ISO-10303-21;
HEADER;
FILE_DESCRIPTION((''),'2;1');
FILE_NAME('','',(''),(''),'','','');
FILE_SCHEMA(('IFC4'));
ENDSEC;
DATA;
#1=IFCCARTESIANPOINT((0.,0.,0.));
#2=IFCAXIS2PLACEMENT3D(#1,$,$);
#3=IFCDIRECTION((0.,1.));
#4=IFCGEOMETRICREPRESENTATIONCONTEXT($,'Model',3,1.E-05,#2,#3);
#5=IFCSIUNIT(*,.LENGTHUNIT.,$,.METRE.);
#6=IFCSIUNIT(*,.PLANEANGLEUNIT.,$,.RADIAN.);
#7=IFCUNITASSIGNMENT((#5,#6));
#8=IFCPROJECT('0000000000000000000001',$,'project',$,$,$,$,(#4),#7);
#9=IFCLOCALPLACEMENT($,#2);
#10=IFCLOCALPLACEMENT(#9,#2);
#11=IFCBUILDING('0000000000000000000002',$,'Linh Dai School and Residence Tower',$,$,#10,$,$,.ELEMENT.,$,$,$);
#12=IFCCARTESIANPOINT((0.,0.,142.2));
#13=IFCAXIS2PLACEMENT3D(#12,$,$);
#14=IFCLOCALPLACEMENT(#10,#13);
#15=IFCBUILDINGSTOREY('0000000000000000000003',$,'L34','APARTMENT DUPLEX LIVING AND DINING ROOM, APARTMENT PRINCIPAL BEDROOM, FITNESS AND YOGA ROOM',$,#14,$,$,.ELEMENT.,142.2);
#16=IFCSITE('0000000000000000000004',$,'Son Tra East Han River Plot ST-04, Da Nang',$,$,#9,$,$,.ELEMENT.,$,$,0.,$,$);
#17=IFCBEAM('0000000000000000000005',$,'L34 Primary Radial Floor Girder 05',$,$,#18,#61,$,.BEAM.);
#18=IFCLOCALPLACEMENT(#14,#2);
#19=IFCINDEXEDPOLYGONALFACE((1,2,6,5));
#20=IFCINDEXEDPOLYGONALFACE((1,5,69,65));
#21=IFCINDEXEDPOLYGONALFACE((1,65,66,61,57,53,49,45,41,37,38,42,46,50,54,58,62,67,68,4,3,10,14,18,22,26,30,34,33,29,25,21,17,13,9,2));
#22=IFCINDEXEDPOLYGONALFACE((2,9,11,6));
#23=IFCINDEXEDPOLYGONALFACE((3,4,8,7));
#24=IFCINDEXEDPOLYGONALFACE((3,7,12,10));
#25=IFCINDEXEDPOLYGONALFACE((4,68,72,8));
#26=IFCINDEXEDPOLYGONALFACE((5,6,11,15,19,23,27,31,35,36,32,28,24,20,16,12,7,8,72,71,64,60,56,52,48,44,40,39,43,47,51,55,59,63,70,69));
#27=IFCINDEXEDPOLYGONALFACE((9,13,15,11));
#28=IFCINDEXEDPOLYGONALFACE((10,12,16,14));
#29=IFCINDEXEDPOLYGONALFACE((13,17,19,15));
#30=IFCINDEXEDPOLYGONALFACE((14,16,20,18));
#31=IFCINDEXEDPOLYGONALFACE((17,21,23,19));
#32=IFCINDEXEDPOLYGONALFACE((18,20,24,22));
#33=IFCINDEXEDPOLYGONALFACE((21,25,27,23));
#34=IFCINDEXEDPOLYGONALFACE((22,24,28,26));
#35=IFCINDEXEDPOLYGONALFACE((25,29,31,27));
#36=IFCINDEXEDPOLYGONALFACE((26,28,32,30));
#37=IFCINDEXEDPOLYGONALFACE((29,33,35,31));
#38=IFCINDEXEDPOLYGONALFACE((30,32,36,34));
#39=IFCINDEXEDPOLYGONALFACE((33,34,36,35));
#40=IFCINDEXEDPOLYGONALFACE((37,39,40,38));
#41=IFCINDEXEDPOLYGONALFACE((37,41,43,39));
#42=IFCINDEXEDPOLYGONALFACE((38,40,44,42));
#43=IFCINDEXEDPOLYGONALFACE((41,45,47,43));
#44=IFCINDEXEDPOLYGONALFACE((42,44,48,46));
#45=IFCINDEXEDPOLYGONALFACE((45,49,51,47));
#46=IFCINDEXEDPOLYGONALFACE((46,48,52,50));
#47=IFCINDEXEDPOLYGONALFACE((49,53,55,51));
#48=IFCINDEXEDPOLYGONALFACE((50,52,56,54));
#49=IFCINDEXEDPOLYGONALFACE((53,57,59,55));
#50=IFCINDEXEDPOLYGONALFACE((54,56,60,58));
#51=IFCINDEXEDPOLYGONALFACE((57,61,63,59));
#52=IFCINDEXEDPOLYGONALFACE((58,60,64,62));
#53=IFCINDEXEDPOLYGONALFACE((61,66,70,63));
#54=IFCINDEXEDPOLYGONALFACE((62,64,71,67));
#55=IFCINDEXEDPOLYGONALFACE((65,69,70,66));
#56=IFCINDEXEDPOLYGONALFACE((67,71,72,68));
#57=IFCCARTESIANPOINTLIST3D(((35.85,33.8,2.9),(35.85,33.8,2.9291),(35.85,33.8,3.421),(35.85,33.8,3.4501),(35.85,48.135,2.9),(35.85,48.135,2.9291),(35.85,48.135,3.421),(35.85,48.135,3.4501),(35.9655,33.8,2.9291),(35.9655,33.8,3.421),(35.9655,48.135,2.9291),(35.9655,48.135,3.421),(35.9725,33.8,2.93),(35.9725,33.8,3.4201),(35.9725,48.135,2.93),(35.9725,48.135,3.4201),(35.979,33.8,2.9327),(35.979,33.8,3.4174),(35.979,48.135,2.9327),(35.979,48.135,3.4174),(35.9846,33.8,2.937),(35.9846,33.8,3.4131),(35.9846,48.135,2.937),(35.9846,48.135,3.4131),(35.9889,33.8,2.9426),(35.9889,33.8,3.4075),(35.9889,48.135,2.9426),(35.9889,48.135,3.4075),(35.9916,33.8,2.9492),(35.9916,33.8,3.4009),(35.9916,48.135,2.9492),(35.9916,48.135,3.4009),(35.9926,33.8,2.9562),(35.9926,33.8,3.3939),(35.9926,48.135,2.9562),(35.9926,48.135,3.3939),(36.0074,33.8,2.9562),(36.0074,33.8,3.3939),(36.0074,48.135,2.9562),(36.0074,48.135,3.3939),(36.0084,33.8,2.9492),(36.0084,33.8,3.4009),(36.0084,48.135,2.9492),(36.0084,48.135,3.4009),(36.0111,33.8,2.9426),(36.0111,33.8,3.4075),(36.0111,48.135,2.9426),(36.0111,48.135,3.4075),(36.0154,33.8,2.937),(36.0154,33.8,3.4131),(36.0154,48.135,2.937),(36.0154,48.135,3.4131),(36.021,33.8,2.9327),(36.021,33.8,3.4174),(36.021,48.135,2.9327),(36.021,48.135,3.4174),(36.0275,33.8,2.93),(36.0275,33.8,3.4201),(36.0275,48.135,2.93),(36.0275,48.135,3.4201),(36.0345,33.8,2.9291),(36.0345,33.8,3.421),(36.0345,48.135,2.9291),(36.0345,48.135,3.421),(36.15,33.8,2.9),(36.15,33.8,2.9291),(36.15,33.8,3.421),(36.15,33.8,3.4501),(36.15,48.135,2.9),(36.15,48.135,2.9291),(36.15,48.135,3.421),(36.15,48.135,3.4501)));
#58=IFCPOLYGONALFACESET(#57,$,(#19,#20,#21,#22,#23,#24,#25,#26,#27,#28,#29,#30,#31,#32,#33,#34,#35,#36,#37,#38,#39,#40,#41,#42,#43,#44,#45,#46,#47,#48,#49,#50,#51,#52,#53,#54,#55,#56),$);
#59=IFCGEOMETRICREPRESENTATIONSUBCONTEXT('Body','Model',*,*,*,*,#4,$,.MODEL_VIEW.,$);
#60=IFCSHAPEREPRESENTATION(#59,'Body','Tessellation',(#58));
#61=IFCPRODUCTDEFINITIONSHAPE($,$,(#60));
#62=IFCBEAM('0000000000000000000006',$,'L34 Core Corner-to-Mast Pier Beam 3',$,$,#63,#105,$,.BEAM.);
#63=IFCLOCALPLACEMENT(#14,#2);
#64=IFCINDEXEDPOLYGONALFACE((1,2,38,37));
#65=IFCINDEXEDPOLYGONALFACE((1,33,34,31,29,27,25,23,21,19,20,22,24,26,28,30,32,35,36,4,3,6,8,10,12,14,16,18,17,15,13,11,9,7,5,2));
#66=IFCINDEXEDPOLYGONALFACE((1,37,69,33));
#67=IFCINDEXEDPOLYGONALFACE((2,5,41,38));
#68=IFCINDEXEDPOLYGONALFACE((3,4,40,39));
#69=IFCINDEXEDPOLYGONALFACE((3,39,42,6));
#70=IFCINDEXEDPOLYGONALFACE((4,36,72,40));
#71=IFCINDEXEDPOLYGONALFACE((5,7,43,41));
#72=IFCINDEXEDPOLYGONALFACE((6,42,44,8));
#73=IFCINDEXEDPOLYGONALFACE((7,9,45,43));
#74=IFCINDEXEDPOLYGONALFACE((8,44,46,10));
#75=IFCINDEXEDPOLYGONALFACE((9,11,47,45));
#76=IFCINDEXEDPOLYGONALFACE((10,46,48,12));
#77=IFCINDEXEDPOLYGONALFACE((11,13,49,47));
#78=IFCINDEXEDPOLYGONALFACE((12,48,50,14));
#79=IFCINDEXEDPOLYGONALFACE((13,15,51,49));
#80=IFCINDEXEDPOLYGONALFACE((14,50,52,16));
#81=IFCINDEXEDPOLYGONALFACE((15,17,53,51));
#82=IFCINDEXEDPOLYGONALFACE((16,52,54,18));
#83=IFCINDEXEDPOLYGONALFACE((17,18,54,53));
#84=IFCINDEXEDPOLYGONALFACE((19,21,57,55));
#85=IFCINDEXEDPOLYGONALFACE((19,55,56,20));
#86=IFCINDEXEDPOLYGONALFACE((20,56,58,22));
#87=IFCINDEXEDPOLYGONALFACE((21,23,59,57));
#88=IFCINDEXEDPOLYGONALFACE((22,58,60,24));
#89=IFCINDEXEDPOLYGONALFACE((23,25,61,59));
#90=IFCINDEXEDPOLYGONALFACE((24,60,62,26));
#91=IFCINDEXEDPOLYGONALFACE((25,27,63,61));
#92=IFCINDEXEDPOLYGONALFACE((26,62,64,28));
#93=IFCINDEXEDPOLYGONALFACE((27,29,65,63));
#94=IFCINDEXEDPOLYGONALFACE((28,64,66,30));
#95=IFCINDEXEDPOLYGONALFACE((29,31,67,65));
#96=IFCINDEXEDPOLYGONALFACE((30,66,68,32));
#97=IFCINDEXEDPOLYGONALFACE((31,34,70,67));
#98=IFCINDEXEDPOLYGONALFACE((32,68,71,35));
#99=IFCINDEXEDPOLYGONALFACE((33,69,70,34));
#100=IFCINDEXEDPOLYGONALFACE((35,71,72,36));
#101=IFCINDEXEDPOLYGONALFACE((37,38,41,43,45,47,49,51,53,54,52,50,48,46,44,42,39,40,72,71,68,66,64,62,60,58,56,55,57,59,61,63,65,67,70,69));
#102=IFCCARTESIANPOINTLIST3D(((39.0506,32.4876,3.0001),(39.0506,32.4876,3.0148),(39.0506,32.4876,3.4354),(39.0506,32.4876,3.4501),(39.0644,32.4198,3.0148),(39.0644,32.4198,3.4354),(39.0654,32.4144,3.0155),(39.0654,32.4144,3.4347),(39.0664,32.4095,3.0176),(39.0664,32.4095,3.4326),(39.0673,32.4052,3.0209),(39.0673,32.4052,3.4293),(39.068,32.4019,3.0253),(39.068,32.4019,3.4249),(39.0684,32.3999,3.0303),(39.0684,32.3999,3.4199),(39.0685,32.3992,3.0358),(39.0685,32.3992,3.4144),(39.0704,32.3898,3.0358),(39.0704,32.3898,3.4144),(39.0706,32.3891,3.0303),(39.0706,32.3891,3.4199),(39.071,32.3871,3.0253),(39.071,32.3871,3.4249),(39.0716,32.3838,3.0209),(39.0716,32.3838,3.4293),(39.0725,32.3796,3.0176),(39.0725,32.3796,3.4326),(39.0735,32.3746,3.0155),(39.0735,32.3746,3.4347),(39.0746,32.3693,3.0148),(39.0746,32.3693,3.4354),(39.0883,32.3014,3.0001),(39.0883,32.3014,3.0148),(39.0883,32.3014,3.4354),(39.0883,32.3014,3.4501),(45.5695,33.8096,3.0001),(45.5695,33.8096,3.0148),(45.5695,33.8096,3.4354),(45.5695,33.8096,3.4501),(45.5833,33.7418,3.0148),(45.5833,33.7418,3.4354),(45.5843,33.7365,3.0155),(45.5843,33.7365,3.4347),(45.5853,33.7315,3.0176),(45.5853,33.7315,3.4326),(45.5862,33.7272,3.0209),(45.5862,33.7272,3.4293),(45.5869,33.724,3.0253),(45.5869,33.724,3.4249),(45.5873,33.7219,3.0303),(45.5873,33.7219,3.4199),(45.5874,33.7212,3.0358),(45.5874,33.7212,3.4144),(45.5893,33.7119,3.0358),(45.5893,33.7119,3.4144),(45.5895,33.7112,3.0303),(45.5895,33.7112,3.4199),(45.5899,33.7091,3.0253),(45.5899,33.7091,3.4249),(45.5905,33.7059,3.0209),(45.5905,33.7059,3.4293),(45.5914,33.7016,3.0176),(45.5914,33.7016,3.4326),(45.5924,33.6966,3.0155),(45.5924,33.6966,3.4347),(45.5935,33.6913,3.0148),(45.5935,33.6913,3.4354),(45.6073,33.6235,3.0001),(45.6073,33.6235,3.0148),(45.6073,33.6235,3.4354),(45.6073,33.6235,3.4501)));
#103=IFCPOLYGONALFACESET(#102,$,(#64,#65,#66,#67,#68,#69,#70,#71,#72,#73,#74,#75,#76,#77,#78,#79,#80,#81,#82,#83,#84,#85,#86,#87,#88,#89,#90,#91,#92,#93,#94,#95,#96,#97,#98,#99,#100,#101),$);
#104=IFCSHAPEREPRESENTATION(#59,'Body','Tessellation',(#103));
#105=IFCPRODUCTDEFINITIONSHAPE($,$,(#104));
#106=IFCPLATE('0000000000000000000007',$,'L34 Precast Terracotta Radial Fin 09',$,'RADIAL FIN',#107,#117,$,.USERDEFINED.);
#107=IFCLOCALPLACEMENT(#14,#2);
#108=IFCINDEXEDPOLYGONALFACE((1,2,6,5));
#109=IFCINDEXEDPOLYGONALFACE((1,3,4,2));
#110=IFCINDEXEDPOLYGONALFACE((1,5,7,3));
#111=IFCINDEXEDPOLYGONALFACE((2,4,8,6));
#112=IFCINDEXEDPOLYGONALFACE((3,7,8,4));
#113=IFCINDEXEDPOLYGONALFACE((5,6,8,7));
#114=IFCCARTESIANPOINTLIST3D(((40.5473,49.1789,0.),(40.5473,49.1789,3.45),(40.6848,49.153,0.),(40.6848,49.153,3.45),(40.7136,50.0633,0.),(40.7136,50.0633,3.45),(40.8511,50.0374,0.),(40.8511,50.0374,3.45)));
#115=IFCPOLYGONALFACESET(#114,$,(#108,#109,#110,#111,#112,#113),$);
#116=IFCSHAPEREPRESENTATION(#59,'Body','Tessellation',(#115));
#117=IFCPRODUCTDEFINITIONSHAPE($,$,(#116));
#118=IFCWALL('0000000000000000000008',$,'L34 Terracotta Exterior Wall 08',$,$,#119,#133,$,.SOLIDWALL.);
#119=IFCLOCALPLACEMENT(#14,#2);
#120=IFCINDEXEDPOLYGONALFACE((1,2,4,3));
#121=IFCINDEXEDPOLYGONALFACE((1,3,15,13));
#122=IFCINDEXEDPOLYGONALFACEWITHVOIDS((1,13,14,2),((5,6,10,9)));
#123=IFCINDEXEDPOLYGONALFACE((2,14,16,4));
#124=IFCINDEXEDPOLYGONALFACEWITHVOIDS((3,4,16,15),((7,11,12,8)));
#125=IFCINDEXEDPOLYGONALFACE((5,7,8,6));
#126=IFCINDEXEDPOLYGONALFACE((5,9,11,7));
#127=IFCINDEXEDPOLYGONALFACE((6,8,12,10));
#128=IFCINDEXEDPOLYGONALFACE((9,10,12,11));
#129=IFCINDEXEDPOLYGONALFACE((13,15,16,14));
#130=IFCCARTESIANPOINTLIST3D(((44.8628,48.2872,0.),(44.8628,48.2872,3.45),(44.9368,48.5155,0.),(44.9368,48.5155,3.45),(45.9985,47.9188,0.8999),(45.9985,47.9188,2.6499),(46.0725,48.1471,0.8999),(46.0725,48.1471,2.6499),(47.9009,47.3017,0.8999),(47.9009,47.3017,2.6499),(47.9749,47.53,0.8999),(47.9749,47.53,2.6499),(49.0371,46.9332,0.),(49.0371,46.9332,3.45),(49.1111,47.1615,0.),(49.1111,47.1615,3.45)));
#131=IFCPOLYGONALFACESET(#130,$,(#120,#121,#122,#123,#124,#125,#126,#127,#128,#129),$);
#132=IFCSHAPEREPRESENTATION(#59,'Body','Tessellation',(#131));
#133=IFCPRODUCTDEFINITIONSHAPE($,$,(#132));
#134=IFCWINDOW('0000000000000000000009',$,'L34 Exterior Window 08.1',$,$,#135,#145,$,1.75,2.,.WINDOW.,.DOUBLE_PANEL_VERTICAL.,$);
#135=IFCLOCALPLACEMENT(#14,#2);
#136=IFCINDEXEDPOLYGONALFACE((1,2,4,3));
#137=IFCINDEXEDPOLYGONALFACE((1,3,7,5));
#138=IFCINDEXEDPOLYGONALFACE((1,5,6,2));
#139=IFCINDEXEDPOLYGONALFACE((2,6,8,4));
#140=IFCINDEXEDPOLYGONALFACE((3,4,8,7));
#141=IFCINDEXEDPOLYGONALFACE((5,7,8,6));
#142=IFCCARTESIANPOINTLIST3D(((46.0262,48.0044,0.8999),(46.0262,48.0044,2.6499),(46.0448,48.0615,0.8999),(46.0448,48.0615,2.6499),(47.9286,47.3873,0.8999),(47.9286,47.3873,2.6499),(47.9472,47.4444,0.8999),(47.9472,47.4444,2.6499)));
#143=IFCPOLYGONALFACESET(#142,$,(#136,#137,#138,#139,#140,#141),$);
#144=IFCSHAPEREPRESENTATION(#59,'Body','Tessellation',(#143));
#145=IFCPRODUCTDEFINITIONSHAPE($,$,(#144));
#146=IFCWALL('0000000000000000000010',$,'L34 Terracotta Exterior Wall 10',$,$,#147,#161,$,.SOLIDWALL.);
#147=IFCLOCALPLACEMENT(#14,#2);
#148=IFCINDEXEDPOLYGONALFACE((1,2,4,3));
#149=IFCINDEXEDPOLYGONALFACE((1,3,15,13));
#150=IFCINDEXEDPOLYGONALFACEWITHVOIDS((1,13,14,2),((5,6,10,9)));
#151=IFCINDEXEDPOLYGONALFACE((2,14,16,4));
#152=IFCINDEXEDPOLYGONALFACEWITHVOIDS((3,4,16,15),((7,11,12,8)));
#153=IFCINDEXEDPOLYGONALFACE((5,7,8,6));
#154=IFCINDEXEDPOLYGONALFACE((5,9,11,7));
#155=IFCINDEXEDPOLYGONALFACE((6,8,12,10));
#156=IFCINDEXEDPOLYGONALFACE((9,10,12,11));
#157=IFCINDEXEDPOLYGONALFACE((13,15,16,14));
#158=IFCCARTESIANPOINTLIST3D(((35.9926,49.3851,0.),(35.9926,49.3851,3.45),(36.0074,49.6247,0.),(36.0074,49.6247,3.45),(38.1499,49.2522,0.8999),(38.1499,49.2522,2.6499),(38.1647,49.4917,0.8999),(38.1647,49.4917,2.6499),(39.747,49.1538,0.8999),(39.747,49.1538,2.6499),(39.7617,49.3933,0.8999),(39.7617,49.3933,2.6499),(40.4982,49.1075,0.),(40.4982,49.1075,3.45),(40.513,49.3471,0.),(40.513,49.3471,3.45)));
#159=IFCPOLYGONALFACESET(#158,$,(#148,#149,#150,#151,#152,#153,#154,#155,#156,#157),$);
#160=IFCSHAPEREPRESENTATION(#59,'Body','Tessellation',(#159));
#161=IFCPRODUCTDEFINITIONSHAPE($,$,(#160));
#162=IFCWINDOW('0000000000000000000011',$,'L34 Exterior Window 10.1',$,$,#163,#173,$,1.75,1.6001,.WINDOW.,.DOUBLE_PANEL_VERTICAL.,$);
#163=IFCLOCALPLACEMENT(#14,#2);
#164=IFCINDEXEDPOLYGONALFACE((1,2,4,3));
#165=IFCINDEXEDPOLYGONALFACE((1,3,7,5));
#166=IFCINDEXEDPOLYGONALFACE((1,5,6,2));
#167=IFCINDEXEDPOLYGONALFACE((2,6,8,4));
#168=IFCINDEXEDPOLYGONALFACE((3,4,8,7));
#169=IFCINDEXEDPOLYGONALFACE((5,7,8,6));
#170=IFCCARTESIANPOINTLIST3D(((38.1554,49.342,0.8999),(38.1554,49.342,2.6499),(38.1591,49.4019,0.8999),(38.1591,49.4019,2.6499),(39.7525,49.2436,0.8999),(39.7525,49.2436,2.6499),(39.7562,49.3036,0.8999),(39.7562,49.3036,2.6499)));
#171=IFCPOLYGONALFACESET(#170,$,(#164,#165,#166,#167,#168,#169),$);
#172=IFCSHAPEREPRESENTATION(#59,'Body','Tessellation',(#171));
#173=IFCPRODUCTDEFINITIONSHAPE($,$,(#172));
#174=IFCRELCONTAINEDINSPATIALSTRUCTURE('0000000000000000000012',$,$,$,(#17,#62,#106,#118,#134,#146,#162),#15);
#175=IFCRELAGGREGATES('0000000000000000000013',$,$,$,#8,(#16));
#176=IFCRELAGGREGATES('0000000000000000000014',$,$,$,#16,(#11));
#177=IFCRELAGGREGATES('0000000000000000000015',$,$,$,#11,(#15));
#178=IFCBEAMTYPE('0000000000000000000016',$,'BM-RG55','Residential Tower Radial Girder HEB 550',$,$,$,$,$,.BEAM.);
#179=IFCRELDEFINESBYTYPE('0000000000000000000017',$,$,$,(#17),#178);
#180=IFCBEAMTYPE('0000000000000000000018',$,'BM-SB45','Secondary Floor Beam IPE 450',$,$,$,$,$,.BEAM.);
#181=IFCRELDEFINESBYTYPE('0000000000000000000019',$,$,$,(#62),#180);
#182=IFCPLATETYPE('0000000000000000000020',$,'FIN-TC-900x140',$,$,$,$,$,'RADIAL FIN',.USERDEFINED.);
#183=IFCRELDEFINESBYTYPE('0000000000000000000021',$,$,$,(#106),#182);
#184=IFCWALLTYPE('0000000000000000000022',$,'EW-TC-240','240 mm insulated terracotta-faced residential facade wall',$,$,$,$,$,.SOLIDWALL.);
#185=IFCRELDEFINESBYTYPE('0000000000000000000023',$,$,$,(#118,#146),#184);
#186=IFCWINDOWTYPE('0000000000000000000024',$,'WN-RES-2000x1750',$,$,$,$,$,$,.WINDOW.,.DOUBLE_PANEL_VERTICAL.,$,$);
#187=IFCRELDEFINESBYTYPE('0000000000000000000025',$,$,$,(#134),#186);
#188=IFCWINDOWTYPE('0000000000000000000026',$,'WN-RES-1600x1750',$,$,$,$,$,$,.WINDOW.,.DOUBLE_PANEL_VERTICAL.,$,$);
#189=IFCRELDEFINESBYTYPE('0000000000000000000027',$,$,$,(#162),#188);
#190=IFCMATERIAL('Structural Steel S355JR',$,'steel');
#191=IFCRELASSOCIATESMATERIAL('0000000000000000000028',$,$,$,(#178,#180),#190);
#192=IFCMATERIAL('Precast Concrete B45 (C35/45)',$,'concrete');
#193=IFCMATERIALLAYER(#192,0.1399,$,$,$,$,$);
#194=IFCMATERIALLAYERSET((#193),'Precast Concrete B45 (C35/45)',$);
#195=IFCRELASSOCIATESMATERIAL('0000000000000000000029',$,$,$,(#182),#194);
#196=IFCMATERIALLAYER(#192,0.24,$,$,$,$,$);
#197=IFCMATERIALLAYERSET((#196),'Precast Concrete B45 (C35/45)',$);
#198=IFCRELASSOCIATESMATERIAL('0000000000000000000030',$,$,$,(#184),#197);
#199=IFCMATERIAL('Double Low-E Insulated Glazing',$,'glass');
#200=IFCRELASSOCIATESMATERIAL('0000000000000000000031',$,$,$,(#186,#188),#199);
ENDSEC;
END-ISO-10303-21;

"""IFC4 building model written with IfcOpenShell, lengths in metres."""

from ifc_helpers import new_model, si_unit, direction, frame, frame_2d, origin, origin_2d, place, context, subcontext, project, spatial, rectangle, i_section, extrude, source, transform, mapped, material, layer, layer_set, material_profile, profile_set, type_object, element, fill, save


model = new_model("IFC4")

# Units and contexts
model_context = context("Model", 3, precision=1e-05, world=origin(), true_north=direction((0.0, 1.0)))
body_context = subcontext(model_context, "Body", "Model", "MODEL_VIEW")
ifc_project = project(units=[si_unit("LENGTHUNIT", "METRE"), si_unit("PLANEANGLEUNIT", "RADIAN")], contexts=[model_context])

# Site, building, storey
site_placement = place(None, origin())
site = spatial("IfcSite", under=ifc_project, at=site_placement, Name="Son Tra East Han River Plot ST-04, Da Nang", CompositionType="ELEMENT", RefElevation=0.0)
building_placement = place(site_placement, origin())
building = spatial("IfcBuilding", under=site, at=building_placement, Name="Linh Dai School and Residence Tower", CompositionType="ELEMENT")
storey_placement = place(building_placement, frame((0.0, 0.0, 142.2)))
storey = spatial("IfcBuildingStorey", under=building, at=storey_placement, Name="L34", Description="APARTMENT DUPLEX LIVING AND DINING ROOM, APARTMENT PRINCIPAL BEDROOM, FITNESS AND YOGA ROOM", CompositionType="ELEMENT", Elevation=142.2)

# Beams
ifc_material_1 = material(Name="Structural Steel S355JR", Category="steel")
ifc_material_profile_1 = material_profile(ifc_material_1, i_section(OverallWidth=0.3, OverallDepth=0.55, WebThickness=0.0149, FlangeThickness=0.0291, FilletRadius=0.0271, at=origin_2d()), Name="HEB 550")
ifc_profile_set_1 = profile_set([ifc_material_profile_1], Name="Structural Steel S355JR")
beam_type_1 = type_object("IfcBeamType", Name="BM-RG55", Description="Residential Tower Radial Girder HEB 550", PredefinedType="BEAM", material=ifc_profile_set_1)
beam_1_placement = place(storey_placement, frame((36.0, 33.8, 3.175), z_axis=(0.0, 1.0, 0.0), x_axis=(-1.0, 0.0, 0.0)))
element("IfcBeam", 1, at=beam_1_placement, inside=storey, type_object=beam_type_1, Name="L34 Primary Radial Floor Girder 05", PredefinedType="BEAM", context=body_context, shape_type="SweptSolid", body=[
    extrude(i_section(OverallWidth=0.3, OverallDepth=0.55, WebThickness=0.0149, FlangeThickness=0.0291, FilletRadius=0.0271, at=origin_2d()), origin(), (0.0, 0.0, 1.0), 14.335),
])
ifc_material_profile_2 = material_profile(ifc_material_1, i_section(OverallWidth=0.1899, OverallDepth=0.45, WebThickness=0.0095, FlangeThickness=0.0146, FilletRadius=0.021, at=origin_2d()), Name="IPE 450")
ifc_profile_set_2 = profile_set([ifc_material_profile_2], Name="Structural Steel S355JR")
beam_type_2 = type_object("IfcBeamType", Name="BM-SB45", Description="Secondary Floor Beam IPE 450", PredefinedType="BEAM", material=ifc_profile_set_2)
beam_2_placement = place(storey_placement, frame((45.5884, 33.7166, 3.2251), z_axis=(-0.980049, -0.198755, 0.0), x_axis=(0.198755, -0.980049, 0.0)))
element("IfcBeam", 2, at=beam_2_placement, inside=storey, type_object=beam_type_2, Name="L34 Core Corner-to-Mast Pier Beam 3", PredefinedType="BEAM", context=body_context, shape_type="SweptSolid", body=[
    extrude(i_section(OverallWidth=0.1899, OverallDepth=0.45, WebThickness=0.0095, FlangeThickness=0.0146, FilletRadius=0.021, at=origin_2d()), origin(), (0.0, 0.0, 1.0), 6.6516),
])

# Plate
ifc_material_2 = material(Name="Precast Concrete B45 (C35/45)", Category="concrete")
ifc_layer_1 = layer(ifc_material_2, 0.1399)
ifc_layer_set_1 = layer_set([ifc_layer_1], Name="Precast Concrete B45 (C35/45)")
plate_type = type_object("IfcPlateType", Name="FIN-TC-900x140", ElementType="RADIAL FIN", PredefinedType="USERDEFINED", material=ifc_layer_set_1)
shared_shape_1 = source(origin(), body_context, "Body", "SweptSolid", [
    extrude(rectangle(XDim=0.8999, YDim=0.1399, at=origin_2d()), origin(), (0.0, 0.0, 1.0), 3.45),
])
plate_placement = place(storey_placement, frame((40.6992, 49.6082, 0.0), z_axis=(0.0, 0.0, 1.0), x_axis=(0.184755, 0.982785, 0.0)))
element("IfcPlate", 3, at=plate_placement, inside=storey, type_object=plate_type, Name="L34 Precast Terracotta Radial Fin 09", ObjectType="RADIAL FIN", PredefinedType="USERDEFINED", context=body_context, shape_type="MappedRepresentation", body=[
    mapped(shared_shape_1, transform((0.0, 0.0, 0.0), x_axis=(1.0, 0.0, 0.0), y_axis=(0.0, 1.0, 0.0), z_axis=(0.0, 0.0, 1.0), scale=1.0)),
])

# Wall, opening, window
ifc_layer_2 = layer(ifc_material_2, 0.24)
ifc_layer_set_2 = layer_set([ifc_layer_2], Name="Precast Concrete B45 (C35/45)")
wall_type_1 = type_object("IfcWallType", Name="EW-TC-240", Description="240 mm insulated terracotta-faced residential facade wall", PredefinedType="SOLIDWALL", material=ifc_layer_set_2)
wall_1_placement = place(storey_placement, frame((44.8997, 48.4014, 0.0), z_axis=(0.0, 0.0, 1.0), x_axis=(0.951211, -0.30854, 0.0)))
wall_1 = element("IfcWall", 4, at=wall_1_placement, inside=storey, type_object=wall_type_1, Name="L34 Terracotta Exterior Wall 08", PredefinedType="SOLIDWALL", context=body_context, shape_type="SweptSolid", body=[
    extrude(rectangle(XDim=4.3884, YDim=0.24, at=frame_2d((2.1943, 0.0))), origin(), (0.0, 0.0, 1.0), 3.45),
])
opening_1_placement = place(wall_1_placement, frame((1.1941, 0.0, 0.8999)))
opening_1 = element("IfcOpeningElement", 5, at=opening_1_placement, cuts=wall_1, PredefinedType="OPENING", context=body_context, shape_type="SweptSolid", body=[
    extrude(rectangle(XDim=2.0, YDim=1.75, at=origin_2d()), frame((1.0, 0.1299, 0.875), z_axis=(0.0, -1.0, 0.0), x_axis=(1.0, 0.0, 0.0)), (0.0, 0.0, 1.0), 0.26),
])
ifc_material_3 = material(Name="Double Low-E Insulated Glazing", Category="glass")
window_type_1 = type_object("IfcWindowType", Name="WN-RES-2000x1750", PartitioningType="DOUBLE_PANEL_VERTICAL", PredefinedType="WINDOW", material=ifc_material_3)
shared_shape_2 = source(origin(), body_context, "Body", "SweptSolid", [
    extrude(rectangle(XDim=2.0, YDim=1.75, at=origin_2d()), frame((1.0, 0.03, 0.875), z_axis=(0.0, -1.0, 0.0), x_axis=(1.0, 0.0, 0.0)), (0.0, 0.0, 1.0), 0.0601),
])
window_1_placement = place(opening_1_placement, origin())
window_1 = element("IfcWindow", 6, at=window_1_placement, inside=storey, type_object=window_type_1, Name="L34 Exterior Window 08.1", OverallHeight=1.75, OverallWidth=2.0, PartitioningType="DOUBLE_PANEL_VERTICAL", PredefinedType="WINDOW", context=body_context, shape_type="MappedRepresentation", body=[
    mapped(shared_shape_2, transform((0.0, 0.0, 0.0), x_axis=(1.0, 0.0, 0.0), y_axis=(0.0, 1.0, 0.0), z_axis=(0.0, 0.0, 1.0), scale=1.0)),
])
fill(opening_1, window_1)

# Wall, opening, window
wall_2_placement = place(storey_placement, frame((36.0, 49.5049, 0.0), z_axis=(0.0, 0.0, 1.0), x_axis=(0.998108, -0.061493, 0.0)))
wall_2 = element("IfcWall", 7, at=wall_2_placement, inside=storey, type_object=wall_type_1, Name="L34 Terracotta Exterior Wall 10", PredefinedType="SOLIDWALL", context=body_context, shape_type="SweptSolid", body=[
    extrude(rectangle(XDim=4.5142, YDim=0.24, at=frame_2d((2.2571, 0.0))), origin(), (0.0, 0.0, 1.0), 3.45),
])
opening_2_placement = place(wall_2_placement, frame((2.1614, 0.0, 0.8999)))
opening_2 = element("IfcOpeningElement", 8, at=opening_2_placement, cuts=wall_2, PredefinedType="OPENING", context=body_context, shape_type="SweptSolid", body=[
    extrude(rectangle(XDim=1.6001, YDim=1.75, at=origin_2d()), frame((0.8, 0.1299, 0.875), z_axis=(0.0, -1.0, 0.0), x_axis=(1.0, 0.0, 0.0)), (0.0, 0.0, 1.0), 0.26),
])
window_type_2 = type_object("IfcWindowType", Name="WN-RES-1600x1750", PartitioningType="DOUBLE_PANEL_VERTICAL", PredefinedType="WINDOW", material=ifc_material_3)
shared_shape_3 = source(origin(), body_context, "Body", "SweptSolid", [
    extrude(rectangle(XDim=1.6001, YDim=1.75, at=origin_2d()), frame((0.8, 0.03, 0.875), z_axis=(0.0, -1.0, 0.0), x_axis=(1.0, 0.0, 0.0)), (0.0, 0.0, 1.0), 0.0601),
])
window_2_placement = place(opening_2_placement, origin())
window_2 = element("IfcWindow", 9, at=window_2_placement, inside=storey, type_object=window_type_2, Name="L34 Exterior Window 10.1", OverallHeight=1.75, OverallWidth=1.6001, PartitioningType="DOUBLE_PANEL_VERTICAL", PredefinedType="WINDOW", context=body_context, shape_type="MappedRepresentation", body=[
    mapped(shared_shape_3, transform((0.0, 0.0, 0.0), x_axis=(1.0, 0.0, 0.0), y_axis=(0.0, 1.0, 0.0), z_axis=(0.0, 0.0, 1.0), scale=1.0)),
])
fill(opening_2, window_2)

save(model, "model.ifc")
